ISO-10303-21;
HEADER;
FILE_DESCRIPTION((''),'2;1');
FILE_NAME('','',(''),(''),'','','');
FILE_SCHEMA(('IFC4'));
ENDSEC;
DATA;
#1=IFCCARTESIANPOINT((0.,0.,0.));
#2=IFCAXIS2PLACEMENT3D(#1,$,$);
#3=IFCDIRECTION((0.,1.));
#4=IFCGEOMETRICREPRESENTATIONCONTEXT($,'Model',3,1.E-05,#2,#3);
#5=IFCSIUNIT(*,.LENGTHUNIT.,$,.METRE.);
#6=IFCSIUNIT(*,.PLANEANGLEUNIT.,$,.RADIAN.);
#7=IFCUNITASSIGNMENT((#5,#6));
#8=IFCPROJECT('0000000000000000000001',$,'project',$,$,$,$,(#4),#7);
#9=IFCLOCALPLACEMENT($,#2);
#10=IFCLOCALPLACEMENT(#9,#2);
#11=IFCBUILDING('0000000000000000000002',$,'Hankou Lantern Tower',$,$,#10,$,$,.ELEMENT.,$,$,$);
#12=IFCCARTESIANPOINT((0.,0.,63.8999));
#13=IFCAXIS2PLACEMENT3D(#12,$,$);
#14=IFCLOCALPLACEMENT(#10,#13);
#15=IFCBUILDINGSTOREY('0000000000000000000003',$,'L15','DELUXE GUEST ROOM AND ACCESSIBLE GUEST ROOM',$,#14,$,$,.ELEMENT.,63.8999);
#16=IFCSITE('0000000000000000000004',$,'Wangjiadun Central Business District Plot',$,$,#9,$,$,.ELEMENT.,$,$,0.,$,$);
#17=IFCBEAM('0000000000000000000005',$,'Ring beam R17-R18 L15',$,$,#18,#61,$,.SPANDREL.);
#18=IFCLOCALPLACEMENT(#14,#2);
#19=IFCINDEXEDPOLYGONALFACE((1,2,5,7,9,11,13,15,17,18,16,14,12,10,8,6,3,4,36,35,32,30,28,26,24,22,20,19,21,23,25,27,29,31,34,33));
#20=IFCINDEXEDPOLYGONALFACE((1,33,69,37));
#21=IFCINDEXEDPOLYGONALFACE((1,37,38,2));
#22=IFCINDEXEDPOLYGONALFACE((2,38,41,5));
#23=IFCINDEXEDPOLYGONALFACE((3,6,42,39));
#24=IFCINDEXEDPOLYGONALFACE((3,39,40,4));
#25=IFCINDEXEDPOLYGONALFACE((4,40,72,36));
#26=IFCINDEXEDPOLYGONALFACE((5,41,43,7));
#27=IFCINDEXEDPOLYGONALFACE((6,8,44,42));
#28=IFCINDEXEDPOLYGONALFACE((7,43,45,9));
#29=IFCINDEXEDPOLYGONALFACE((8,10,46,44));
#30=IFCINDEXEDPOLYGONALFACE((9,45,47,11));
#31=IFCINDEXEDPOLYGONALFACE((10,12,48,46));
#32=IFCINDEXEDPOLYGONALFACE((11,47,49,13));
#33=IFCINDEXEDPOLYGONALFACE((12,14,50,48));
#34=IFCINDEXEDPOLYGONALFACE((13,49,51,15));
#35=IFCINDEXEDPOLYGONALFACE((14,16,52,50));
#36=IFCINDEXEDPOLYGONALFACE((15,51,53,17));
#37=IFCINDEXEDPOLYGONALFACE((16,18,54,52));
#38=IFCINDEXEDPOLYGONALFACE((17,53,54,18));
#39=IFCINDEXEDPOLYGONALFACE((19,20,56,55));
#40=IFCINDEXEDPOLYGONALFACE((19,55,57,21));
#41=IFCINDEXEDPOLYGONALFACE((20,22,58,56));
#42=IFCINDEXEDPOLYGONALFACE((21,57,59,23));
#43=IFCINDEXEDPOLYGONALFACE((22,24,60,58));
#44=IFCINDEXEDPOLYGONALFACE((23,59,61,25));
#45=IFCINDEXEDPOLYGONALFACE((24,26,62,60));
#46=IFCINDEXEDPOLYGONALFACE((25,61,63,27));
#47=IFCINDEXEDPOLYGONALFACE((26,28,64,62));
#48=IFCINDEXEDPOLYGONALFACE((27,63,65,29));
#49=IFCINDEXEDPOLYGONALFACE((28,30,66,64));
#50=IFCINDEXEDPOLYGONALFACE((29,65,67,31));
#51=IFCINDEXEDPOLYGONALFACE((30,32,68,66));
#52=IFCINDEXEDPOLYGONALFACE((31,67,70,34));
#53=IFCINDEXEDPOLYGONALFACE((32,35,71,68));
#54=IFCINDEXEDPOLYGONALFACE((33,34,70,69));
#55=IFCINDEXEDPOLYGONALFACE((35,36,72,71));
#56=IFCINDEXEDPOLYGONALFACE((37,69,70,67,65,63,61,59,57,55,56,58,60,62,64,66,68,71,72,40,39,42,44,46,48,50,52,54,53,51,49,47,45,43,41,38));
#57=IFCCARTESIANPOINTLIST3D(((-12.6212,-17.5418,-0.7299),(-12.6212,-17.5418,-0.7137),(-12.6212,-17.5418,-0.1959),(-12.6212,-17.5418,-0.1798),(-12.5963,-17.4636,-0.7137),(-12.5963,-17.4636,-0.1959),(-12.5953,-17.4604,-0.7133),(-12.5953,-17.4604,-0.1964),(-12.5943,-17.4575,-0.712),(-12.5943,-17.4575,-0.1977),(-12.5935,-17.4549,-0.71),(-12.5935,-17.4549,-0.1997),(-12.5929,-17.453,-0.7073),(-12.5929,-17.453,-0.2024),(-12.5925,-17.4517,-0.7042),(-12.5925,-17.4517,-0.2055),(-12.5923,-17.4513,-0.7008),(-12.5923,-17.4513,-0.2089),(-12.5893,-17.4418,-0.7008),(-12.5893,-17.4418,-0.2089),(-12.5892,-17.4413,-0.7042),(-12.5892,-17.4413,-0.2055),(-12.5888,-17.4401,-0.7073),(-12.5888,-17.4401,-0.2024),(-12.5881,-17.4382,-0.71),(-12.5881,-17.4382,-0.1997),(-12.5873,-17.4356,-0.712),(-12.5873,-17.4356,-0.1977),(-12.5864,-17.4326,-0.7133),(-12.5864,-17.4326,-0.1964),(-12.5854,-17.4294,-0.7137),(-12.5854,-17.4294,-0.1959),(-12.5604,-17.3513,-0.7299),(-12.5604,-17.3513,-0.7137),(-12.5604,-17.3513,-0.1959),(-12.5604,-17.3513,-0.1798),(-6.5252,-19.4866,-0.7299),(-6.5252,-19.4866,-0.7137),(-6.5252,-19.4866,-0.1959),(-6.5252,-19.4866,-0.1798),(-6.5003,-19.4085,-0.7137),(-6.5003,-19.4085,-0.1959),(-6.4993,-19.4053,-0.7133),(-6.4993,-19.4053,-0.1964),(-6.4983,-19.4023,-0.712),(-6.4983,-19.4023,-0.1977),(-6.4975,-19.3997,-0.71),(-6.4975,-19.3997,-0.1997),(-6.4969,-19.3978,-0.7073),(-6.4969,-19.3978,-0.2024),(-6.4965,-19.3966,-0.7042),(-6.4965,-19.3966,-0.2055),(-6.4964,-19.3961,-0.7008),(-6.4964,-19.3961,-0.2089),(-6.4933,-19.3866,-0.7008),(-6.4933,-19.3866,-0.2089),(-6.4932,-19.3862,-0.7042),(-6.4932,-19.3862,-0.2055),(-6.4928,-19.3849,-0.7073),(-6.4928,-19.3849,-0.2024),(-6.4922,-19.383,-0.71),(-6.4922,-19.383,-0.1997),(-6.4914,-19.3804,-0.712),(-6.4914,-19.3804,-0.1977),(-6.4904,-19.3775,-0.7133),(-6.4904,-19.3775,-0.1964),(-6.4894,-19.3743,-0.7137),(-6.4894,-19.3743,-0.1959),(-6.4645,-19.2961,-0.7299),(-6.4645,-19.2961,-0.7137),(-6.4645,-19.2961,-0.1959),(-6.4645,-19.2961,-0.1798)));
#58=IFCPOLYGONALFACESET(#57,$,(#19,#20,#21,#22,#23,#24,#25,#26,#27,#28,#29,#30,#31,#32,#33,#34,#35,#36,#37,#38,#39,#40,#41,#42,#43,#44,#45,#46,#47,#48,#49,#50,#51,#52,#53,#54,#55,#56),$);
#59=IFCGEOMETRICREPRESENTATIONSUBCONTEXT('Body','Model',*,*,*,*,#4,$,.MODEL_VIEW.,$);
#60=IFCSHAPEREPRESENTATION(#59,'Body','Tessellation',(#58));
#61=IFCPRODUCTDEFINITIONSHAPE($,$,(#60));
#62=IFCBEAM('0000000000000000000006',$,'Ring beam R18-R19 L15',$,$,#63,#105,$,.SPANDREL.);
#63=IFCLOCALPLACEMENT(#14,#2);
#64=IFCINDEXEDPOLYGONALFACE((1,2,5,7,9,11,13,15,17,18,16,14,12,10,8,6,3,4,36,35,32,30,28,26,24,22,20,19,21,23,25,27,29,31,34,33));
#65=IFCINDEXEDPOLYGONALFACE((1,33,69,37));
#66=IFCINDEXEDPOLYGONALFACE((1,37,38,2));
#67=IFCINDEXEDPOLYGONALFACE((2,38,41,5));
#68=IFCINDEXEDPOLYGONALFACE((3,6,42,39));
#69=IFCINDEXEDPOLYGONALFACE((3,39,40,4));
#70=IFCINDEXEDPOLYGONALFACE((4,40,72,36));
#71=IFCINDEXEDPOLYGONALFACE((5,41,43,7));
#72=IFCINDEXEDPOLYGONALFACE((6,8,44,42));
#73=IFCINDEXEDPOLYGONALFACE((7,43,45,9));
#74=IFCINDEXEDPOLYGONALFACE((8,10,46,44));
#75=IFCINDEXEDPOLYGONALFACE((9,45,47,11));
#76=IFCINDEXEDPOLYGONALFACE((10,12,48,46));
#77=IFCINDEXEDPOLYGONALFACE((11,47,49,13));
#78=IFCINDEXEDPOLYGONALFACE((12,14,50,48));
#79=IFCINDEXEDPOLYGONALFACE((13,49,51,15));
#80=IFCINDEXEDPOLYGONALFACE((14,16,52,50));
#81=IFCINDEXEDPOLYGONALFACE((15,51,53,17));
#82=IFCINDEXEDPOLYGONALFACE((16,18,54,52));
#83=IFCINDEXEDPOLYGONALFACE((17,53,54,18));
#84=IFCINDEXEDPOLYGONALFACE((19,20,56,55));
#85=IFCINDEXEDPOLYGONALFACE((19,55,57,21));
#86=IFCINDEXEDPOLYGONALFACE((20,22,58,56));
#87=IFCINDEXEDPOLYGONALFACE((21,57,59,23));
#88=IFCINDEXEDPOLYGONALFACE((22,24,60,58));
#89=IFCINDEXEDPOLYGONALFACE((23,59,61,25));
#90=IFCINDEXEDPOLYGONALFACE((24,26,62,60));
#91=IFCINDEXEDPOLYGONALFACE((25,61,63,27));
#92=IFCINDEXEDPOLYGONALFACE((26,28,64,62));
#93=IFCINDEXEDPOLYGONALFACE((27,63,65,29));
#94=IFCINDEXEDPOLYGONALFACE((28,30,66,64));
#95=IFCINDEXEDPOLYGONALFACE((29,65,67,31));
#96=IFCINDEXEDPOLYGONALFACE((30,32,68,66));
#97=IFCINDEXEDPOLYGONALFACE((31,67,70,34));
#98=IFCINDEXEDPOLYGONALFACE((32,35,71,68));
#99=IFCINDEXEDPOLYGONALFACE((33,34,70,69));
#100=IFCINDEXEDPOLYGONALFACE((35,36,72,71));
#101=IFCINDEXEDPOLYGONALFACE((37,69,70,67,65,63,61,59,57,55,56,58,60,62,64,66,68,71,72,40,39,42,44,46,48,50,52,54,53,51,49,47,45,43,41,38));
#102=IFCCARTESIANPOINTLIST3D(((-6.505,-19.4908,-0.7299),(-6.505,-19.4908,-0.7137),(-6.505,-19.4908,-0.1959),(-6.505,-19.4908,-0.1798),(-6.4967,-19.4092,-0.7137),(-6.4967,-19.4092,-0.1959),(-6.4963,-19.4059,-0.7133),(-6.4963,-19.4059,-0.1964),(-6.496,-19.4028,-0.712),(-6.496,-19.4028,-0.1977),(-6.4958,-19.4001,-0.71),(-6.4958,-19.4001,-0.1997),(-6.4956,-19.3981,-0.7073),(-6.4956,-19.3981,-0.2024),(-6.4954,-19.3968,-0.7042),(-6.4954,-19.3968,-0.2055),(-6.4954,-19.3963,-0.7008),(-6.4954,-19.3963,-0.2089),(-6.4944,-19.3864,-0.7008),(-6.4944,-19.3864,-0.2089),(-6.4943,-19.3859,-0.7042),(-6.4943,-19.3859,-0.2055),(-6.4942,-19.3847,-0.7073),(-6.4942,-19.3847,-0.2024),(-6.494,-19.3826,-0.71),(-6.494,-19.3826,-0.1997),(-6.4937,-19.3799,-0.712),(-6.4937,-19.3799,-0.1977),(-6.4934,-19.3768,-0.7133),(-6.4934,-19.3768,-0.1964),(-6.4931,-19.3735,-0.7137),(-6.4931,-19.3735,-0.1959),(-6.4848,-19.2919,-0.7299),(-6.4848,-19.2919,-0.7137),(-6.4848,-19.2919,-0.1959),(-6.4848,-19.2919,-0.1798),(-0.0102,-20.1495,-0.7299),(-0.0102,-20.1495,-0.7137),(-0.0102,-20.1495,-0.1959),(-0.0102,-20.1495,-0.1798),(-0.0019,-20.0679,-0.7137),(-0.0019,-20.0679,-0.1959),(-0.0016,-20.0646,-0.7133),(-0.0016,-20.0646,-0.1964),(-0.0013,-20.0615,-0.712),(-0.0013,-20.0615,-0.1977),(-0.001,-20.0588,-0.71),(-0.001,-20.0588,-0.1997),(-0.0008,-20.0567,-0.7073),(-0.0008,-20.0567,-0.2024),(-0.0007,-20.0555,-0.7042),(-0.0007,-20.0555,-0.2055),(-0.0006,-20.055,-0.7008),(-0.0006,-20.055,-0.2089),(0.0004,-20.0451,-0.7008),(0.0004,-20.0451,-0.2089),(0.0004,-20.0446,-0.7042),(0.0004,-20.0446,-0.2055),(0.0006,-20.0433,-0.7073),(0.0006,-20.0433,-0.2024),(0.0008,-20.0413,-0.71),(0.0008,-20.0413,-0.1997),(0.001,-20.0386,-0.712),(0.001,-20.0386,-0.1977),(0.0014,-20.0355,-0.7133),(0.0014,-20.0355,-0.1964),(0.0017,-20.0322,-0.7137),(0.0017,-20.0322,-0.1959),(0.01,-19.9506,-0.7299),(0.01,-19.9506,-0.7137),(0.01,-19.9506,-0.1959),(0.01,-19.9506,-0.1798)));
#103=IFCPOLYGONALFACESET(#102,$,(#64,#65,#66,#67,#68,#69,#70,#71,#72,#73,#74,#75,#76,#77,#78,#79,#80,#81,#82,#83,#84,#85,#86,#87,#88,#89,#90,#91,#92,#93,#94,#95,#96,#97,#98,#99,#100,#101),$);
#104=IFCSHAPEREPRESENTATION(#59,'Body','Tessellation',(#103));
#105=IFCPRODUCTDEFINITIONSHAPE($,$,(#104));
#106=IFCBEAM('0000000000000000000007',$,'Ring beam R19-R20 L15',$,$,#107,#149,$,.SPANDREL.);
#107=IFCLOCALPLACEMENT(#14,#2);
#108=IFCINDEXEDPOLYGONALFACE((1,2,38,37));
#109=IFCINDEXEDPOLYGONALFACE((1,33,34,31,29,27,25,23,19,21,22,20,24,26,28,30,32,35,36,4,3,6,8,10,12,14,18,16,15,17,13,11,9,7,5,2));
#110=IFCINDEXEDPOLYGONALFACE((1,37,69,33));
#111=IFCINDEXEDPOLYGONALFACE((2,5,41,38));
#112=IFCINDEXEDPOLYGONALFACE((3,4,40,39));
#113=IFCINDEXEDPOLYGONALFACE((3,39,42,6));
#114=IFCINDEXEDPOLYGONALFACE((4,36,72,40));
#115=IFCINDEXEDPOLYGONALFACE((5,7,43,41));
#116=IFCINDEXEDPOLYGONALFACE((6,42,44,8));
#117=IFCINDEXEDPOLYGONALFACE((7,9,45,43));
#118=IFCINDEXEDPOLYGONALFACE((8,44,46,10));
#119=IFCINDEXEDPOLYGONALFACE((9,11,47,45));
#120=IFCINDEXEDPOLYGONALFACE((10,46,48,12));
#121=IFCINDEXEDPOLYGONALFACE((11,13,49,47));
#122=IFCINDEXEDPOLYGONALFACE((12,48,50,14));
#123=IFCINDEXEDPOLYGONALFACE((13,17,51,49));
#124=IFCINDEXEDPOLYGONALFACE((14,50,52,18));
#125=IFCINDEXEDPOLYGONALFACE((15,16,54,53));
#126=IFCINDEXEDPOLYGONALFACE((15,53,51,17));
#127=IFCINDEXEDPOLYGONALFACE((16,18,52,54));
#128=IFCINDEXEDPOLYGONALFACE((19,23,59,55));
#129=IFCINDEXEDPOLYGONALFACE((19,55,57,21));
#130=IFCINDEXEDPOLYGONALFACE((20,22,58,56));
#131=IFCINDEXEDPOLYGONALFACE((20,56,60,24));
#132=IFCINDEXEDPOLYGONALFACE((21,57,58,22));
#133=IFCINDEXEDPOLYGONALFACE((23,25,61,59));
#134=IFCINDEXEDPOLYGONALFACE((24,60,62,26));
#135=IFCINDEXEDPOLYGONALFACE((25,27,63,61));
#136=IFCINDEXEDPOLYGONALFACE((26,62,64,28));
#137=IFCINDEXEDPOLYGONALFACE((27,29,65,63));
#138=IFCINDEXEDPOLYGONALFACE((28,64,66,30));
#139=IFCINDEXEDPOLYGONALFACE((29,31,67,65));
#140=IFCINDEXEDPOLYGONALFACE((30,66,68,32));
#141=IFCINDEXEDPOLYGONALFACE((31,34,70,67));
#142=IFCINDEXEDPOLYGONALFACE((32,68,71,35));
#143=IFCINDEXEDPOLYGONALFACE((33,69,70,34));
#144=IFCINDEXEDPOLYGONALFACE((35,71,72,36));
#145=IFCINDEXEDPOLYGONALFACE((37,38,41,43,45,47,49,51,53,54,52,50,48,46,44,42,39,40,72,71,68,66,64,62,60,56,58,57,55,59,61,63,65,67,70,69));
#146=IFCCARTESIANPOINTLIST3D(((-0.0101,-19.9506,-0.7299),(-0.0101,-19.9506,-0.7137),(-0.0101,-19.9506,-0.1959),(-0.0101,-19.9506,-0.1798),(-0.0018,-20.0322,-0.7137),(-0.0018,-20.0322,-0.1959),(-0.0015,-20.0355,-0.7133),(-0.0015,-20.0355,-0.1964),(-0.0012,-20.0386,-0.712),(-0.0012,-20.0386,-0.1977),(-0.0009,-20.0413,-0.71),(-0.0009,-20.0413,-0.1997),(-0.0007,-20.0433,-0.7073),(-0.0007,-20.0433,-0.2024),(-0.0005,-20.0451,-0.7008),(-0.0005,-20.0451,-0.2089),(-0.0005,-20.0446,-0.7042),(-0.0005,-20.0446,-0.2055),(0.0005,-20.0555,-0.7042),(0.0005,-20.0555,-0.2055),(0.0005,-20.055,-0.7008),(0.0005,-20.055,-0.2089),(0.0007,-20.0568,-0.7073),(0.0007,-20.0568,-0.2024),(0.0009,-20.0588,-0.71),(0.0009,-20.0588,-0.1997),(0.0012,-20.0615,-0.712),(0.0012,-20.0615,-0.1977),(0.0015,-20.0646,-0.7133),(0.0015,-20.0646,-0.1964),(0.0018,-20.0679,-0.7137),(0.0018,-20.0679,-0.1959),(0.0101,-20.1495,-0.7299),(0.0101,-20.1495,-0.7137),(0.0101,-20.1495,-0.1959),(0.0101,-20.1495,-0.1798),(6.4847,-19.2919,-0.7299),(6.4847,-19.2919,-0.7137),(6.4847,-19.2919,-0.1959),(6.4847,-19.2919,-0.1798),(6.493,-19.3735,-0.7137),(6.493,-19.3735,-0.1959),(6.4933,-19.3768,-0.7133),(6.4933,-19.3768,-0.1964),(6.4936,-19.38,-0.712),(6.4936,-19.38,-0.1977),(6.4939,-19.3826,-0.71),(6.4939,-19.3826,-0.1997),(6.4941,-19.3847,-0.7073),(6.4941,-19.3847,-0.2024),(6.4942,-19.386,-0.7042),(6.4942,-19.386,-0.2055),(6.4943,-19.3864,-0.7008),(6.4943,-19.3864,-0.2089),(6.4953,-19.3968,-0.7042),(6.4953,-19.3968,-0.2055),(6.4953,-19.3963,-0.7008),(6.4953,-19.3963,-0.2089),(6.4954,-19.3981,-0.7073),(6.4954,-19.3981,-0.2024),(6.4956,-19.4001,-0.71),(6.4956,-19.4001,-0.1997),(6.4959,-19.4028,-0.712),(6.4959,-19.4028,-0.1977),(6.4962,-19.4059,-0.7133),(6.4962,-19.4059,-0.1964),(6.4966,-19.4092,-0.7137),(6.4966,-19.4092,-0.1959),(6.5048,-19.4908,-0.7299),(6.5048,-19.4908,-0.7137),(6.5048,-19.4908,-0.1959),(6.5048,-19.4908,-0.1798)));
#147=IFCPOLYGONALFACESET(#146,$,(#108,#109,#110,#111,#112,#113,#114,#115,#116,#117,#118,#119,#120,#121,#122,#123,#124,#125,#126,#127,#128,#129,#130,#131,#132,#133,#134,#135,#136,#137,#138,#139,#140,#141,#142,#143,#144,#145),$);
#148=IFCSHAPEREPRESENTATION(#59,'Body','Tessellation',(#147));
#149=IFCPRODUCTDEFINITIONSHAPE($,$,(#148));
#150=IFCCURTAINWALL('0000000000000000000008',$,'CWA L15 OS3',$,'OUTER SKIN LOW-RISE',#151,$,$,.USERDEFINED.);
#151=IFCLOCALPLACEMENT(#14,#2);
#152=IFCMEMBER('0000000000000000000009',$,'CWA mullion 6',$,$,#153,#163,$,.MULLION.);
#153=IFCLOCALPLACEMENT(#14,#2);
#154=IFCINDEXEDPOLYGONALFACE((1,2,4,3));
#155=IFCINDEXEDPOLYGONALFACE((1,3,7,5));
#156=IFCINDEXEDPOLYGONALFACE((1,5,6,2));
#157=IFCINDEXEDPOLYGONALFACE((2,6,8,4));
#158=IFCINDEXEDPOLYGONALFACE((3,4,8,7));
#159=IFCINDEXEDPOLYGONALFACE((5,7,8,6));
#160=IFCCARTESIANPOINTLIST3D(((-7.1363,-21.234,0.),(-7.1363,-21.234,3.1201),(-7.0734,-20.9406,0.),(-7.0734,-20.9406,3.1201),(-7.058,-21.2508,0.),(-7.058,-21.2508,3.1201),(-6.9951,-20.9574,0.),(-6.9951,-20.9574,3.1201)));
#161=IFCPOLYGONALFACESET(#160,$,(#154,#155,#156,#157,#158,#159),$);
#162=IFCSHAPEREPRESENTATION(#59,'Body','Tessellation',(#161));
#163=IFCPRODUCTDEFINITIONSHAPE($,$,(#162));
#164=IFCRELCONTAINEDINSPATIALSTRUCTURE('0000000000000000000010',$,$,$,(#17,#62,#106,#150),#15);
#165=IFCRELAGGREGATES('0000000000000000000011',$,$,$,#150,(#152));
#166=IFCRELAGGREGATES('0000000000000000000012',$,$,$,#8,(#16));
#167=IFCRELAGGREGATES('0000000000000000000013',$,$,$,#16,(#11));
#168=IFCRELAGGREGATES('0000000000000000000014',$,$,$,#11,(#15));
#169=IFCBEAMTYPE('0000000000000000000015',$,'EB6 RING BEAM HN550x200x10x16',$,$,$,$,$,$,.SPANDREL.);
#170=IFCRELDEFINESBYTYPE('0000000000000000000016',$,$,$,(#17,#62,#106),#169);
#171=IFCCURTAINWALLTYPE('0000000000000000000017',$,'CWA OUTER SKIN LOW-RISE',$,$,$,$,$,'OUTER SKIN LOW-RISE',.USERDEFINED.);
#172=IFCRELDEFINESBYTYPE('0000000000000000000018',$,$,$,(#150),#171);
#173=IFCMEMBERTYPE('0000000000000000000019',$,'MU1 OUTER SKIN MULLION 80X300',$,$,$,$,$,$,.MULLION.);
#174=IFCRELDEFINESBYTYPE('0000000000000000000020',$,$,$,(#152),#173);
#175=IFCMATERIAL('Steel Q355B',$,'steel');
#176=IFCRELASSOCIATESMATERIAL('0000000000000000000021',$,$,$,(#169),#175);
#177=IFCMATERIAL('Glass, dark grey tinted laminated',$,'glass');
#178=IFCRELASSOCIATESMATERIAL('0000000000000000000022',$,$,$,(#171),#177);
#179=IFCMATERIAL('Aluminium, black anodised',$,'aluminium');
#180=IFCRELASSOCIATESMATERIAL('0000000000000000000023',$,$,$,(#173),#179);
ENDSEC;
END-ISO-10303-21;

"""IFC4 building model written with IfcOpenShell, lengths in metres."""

from ifc_helpers import new_model, si_unit, direction, frame, origin, origin_2d, place, context, subcontext, project, spatial, rectangle, i_section, extrude, material, material_profile, profile_set, type_object, element, aggregate, save


model = new_model("IFC4")

# Units and contexts
model_context = context("Model", 3, precision=1e-05, world=origin(), true_north=direction((0.0, 1.0)))
body_context = subcontext(model_context, "Body", "Model", "MODEL_VIEW")
ifc_project = project(units=[si_unit("LENGTHUNIT", "METRE"), si_unit("PLANEANGLEUNIT", "RADIAN")], contexts=[model_context])

# Site, building, storey
site_placement = place(None, origin())
site = spatial("IfcSite", under=ifc_project, at=site_placement, Name="Wangjiadun Central Business District Plot", CompositionType="ELEMENT", RefElevation=0.0)
building_placement = place(site_placement, origin())
building = spatial("IfcBuilding", under=site, at=building_placement, Name="Hankou Lantern Tower", CompositionType="ELEMENT")
storey_placement = place(building_placement, frame((0.0, 0.0, 63.8999)))
storey = spatial("IfcBuildingStorey", under=building, at=storey_placement, Name="L15", Description="DELUXE GUEST ROOM AND ACCESSIBLE GUEST ROOM", CompositionType="ELEMENT", Elevation=63.8999)

# Beams
ifc_material_1 = material(Name="Steel Q355B", Category="steel")
ifc_material_profile_1 = material_profile(ifc_material_1, i_section(OverallWidth=0.2, OverallDepth=0.55, WebThickness=0.01, FlangeThickness=0.0161, FilletRadius=0.0129, at=origin_2d()), Name="HN550x200x10x16")
ifc_profile_set_1 = profile_set([ifc_material_profile_1], Name="Steel Q355B")
beam_type_1 = type_object("IfcBeamType", Name="EB6 RING BEAM HN550x200x10x16", PredefinedType="SPANDREL", material=ifc_profile_set_1)
beam_1_placement = place(storey_placement, frame((-12.5908, -17.4465, -0.4548), z_axis=(0.95269, -0.303942, 0.0), x_axis=(0.303942, 0.95269, 0.0)))
element("IfcBeam", 1, at=beam_1_placement, inside=storey, type_object=beam_type_1, Name="Ring beam R17-R18 L15", PredefinedType="SPANDREL", context=body_context, shape_type="SweptSolid", body=[
    extrude(i_section(OverallWidth=0.2, OverallDepth=0.55, WebThickness=0.01, FlangeThickness=0.0161, FilletRadius=0.0129, at=origin_2d()), origin(), (0.0, 0.0, 1.0), 6.3987),
])
for number, where, z_axis, x_axis, name in (
    (2, (-6.4949, -19.3914, -0.4548), (0.994897, -0.1009, 0.0), (0.1009, 0.994897, 0.0), "Ring beam R18-R19 L15"),
    (3, (0.0, -20.05, -0.4548), (0.994897, 0.1009, 0.0), (-0.1009, 0.994897, 0.0), "Ring beam R19-R20 L15"),
):
    element("IfcBeam", number, at=place(storey_placement, frame(where, z_axis=z_axis, x_axis=x_axis)), inside=storey, type_object=beam_type_1, Name=name, PredefinedType="SPANDREL", context=body_context, shape_type="SweptSolid", body=[
        extrude(i_section(OverallWidth=0.2, OverallDepth=0.55, WebThickness=0.01, FlangeThickness=0.0161, FilletRadius=0.0129, at=origin_2d()), origin(), (0.0, 0.0, 1.0), 6.5281),
    ])

# Curtain wall, member
ifc_material_2 = material(Name="Glass, dark grey tinted laminated", Category="glass")
curtain_wall_type = type_object("IfcCurtainWallType", Name="CWA OUTER SKIN LOW-RISE", ElementType="OUTER SKIN LOW-RISE", PredefinedType="USERDEFINED", material=ifc_material_2)
curtain_wall_placement = place(storey_placement, origin())
curtain_wall = element("IfcCurtainWall", 4, at=curtain_wall_placement, inside=storey, type_object=curtain_wall_type, Name="CWA L15 OS3", ObjectType="OUTER SKIN LOW-RISE", PredefinedType="USERDEFINED")
ifc_material_3 = material(Name="Aluminium, black anodised", Category="aluminium")
ifc_material_profile_2 = material_profile(ifc_material_3, rectangle(XDim=0.0801, YDim=0.3, at=origin_2d()), Name="MU1 80X300")
ifc_profile_set_2 = profile_set([ifc_material_profile_2], Name="Aluminium, black anodised")
member_type_1 = type_object("IfcMemberType", Name="MU1 OUTER SKIN MULLION 80X300", PredefinedType="MULLION", material=ifc_profile_set_2)
member_1_placement = place(storey_placement, frame((-7.0657, -21.0957, 0.0), z_axis=(0.0, 0.0, 1.0), x_axis=(0.977788, -0.209598, 0.0)))
member_1 = element("IfcMember", 5, at=member_1_placement, type_object=member_type_1, Name="CWA mullion 6", PredefinedType="MULLION", context=body_context, shape_type="SweptSolid", body=[
    extrude(rectangle(XDim=0.0801, YDim=0.3, at=origin_2d()), origin(), (0.0, 0.0, 1.0), 3.1201),
])

aggregate(curtain_wall, [member_1])

save(model, "model.ifc")
